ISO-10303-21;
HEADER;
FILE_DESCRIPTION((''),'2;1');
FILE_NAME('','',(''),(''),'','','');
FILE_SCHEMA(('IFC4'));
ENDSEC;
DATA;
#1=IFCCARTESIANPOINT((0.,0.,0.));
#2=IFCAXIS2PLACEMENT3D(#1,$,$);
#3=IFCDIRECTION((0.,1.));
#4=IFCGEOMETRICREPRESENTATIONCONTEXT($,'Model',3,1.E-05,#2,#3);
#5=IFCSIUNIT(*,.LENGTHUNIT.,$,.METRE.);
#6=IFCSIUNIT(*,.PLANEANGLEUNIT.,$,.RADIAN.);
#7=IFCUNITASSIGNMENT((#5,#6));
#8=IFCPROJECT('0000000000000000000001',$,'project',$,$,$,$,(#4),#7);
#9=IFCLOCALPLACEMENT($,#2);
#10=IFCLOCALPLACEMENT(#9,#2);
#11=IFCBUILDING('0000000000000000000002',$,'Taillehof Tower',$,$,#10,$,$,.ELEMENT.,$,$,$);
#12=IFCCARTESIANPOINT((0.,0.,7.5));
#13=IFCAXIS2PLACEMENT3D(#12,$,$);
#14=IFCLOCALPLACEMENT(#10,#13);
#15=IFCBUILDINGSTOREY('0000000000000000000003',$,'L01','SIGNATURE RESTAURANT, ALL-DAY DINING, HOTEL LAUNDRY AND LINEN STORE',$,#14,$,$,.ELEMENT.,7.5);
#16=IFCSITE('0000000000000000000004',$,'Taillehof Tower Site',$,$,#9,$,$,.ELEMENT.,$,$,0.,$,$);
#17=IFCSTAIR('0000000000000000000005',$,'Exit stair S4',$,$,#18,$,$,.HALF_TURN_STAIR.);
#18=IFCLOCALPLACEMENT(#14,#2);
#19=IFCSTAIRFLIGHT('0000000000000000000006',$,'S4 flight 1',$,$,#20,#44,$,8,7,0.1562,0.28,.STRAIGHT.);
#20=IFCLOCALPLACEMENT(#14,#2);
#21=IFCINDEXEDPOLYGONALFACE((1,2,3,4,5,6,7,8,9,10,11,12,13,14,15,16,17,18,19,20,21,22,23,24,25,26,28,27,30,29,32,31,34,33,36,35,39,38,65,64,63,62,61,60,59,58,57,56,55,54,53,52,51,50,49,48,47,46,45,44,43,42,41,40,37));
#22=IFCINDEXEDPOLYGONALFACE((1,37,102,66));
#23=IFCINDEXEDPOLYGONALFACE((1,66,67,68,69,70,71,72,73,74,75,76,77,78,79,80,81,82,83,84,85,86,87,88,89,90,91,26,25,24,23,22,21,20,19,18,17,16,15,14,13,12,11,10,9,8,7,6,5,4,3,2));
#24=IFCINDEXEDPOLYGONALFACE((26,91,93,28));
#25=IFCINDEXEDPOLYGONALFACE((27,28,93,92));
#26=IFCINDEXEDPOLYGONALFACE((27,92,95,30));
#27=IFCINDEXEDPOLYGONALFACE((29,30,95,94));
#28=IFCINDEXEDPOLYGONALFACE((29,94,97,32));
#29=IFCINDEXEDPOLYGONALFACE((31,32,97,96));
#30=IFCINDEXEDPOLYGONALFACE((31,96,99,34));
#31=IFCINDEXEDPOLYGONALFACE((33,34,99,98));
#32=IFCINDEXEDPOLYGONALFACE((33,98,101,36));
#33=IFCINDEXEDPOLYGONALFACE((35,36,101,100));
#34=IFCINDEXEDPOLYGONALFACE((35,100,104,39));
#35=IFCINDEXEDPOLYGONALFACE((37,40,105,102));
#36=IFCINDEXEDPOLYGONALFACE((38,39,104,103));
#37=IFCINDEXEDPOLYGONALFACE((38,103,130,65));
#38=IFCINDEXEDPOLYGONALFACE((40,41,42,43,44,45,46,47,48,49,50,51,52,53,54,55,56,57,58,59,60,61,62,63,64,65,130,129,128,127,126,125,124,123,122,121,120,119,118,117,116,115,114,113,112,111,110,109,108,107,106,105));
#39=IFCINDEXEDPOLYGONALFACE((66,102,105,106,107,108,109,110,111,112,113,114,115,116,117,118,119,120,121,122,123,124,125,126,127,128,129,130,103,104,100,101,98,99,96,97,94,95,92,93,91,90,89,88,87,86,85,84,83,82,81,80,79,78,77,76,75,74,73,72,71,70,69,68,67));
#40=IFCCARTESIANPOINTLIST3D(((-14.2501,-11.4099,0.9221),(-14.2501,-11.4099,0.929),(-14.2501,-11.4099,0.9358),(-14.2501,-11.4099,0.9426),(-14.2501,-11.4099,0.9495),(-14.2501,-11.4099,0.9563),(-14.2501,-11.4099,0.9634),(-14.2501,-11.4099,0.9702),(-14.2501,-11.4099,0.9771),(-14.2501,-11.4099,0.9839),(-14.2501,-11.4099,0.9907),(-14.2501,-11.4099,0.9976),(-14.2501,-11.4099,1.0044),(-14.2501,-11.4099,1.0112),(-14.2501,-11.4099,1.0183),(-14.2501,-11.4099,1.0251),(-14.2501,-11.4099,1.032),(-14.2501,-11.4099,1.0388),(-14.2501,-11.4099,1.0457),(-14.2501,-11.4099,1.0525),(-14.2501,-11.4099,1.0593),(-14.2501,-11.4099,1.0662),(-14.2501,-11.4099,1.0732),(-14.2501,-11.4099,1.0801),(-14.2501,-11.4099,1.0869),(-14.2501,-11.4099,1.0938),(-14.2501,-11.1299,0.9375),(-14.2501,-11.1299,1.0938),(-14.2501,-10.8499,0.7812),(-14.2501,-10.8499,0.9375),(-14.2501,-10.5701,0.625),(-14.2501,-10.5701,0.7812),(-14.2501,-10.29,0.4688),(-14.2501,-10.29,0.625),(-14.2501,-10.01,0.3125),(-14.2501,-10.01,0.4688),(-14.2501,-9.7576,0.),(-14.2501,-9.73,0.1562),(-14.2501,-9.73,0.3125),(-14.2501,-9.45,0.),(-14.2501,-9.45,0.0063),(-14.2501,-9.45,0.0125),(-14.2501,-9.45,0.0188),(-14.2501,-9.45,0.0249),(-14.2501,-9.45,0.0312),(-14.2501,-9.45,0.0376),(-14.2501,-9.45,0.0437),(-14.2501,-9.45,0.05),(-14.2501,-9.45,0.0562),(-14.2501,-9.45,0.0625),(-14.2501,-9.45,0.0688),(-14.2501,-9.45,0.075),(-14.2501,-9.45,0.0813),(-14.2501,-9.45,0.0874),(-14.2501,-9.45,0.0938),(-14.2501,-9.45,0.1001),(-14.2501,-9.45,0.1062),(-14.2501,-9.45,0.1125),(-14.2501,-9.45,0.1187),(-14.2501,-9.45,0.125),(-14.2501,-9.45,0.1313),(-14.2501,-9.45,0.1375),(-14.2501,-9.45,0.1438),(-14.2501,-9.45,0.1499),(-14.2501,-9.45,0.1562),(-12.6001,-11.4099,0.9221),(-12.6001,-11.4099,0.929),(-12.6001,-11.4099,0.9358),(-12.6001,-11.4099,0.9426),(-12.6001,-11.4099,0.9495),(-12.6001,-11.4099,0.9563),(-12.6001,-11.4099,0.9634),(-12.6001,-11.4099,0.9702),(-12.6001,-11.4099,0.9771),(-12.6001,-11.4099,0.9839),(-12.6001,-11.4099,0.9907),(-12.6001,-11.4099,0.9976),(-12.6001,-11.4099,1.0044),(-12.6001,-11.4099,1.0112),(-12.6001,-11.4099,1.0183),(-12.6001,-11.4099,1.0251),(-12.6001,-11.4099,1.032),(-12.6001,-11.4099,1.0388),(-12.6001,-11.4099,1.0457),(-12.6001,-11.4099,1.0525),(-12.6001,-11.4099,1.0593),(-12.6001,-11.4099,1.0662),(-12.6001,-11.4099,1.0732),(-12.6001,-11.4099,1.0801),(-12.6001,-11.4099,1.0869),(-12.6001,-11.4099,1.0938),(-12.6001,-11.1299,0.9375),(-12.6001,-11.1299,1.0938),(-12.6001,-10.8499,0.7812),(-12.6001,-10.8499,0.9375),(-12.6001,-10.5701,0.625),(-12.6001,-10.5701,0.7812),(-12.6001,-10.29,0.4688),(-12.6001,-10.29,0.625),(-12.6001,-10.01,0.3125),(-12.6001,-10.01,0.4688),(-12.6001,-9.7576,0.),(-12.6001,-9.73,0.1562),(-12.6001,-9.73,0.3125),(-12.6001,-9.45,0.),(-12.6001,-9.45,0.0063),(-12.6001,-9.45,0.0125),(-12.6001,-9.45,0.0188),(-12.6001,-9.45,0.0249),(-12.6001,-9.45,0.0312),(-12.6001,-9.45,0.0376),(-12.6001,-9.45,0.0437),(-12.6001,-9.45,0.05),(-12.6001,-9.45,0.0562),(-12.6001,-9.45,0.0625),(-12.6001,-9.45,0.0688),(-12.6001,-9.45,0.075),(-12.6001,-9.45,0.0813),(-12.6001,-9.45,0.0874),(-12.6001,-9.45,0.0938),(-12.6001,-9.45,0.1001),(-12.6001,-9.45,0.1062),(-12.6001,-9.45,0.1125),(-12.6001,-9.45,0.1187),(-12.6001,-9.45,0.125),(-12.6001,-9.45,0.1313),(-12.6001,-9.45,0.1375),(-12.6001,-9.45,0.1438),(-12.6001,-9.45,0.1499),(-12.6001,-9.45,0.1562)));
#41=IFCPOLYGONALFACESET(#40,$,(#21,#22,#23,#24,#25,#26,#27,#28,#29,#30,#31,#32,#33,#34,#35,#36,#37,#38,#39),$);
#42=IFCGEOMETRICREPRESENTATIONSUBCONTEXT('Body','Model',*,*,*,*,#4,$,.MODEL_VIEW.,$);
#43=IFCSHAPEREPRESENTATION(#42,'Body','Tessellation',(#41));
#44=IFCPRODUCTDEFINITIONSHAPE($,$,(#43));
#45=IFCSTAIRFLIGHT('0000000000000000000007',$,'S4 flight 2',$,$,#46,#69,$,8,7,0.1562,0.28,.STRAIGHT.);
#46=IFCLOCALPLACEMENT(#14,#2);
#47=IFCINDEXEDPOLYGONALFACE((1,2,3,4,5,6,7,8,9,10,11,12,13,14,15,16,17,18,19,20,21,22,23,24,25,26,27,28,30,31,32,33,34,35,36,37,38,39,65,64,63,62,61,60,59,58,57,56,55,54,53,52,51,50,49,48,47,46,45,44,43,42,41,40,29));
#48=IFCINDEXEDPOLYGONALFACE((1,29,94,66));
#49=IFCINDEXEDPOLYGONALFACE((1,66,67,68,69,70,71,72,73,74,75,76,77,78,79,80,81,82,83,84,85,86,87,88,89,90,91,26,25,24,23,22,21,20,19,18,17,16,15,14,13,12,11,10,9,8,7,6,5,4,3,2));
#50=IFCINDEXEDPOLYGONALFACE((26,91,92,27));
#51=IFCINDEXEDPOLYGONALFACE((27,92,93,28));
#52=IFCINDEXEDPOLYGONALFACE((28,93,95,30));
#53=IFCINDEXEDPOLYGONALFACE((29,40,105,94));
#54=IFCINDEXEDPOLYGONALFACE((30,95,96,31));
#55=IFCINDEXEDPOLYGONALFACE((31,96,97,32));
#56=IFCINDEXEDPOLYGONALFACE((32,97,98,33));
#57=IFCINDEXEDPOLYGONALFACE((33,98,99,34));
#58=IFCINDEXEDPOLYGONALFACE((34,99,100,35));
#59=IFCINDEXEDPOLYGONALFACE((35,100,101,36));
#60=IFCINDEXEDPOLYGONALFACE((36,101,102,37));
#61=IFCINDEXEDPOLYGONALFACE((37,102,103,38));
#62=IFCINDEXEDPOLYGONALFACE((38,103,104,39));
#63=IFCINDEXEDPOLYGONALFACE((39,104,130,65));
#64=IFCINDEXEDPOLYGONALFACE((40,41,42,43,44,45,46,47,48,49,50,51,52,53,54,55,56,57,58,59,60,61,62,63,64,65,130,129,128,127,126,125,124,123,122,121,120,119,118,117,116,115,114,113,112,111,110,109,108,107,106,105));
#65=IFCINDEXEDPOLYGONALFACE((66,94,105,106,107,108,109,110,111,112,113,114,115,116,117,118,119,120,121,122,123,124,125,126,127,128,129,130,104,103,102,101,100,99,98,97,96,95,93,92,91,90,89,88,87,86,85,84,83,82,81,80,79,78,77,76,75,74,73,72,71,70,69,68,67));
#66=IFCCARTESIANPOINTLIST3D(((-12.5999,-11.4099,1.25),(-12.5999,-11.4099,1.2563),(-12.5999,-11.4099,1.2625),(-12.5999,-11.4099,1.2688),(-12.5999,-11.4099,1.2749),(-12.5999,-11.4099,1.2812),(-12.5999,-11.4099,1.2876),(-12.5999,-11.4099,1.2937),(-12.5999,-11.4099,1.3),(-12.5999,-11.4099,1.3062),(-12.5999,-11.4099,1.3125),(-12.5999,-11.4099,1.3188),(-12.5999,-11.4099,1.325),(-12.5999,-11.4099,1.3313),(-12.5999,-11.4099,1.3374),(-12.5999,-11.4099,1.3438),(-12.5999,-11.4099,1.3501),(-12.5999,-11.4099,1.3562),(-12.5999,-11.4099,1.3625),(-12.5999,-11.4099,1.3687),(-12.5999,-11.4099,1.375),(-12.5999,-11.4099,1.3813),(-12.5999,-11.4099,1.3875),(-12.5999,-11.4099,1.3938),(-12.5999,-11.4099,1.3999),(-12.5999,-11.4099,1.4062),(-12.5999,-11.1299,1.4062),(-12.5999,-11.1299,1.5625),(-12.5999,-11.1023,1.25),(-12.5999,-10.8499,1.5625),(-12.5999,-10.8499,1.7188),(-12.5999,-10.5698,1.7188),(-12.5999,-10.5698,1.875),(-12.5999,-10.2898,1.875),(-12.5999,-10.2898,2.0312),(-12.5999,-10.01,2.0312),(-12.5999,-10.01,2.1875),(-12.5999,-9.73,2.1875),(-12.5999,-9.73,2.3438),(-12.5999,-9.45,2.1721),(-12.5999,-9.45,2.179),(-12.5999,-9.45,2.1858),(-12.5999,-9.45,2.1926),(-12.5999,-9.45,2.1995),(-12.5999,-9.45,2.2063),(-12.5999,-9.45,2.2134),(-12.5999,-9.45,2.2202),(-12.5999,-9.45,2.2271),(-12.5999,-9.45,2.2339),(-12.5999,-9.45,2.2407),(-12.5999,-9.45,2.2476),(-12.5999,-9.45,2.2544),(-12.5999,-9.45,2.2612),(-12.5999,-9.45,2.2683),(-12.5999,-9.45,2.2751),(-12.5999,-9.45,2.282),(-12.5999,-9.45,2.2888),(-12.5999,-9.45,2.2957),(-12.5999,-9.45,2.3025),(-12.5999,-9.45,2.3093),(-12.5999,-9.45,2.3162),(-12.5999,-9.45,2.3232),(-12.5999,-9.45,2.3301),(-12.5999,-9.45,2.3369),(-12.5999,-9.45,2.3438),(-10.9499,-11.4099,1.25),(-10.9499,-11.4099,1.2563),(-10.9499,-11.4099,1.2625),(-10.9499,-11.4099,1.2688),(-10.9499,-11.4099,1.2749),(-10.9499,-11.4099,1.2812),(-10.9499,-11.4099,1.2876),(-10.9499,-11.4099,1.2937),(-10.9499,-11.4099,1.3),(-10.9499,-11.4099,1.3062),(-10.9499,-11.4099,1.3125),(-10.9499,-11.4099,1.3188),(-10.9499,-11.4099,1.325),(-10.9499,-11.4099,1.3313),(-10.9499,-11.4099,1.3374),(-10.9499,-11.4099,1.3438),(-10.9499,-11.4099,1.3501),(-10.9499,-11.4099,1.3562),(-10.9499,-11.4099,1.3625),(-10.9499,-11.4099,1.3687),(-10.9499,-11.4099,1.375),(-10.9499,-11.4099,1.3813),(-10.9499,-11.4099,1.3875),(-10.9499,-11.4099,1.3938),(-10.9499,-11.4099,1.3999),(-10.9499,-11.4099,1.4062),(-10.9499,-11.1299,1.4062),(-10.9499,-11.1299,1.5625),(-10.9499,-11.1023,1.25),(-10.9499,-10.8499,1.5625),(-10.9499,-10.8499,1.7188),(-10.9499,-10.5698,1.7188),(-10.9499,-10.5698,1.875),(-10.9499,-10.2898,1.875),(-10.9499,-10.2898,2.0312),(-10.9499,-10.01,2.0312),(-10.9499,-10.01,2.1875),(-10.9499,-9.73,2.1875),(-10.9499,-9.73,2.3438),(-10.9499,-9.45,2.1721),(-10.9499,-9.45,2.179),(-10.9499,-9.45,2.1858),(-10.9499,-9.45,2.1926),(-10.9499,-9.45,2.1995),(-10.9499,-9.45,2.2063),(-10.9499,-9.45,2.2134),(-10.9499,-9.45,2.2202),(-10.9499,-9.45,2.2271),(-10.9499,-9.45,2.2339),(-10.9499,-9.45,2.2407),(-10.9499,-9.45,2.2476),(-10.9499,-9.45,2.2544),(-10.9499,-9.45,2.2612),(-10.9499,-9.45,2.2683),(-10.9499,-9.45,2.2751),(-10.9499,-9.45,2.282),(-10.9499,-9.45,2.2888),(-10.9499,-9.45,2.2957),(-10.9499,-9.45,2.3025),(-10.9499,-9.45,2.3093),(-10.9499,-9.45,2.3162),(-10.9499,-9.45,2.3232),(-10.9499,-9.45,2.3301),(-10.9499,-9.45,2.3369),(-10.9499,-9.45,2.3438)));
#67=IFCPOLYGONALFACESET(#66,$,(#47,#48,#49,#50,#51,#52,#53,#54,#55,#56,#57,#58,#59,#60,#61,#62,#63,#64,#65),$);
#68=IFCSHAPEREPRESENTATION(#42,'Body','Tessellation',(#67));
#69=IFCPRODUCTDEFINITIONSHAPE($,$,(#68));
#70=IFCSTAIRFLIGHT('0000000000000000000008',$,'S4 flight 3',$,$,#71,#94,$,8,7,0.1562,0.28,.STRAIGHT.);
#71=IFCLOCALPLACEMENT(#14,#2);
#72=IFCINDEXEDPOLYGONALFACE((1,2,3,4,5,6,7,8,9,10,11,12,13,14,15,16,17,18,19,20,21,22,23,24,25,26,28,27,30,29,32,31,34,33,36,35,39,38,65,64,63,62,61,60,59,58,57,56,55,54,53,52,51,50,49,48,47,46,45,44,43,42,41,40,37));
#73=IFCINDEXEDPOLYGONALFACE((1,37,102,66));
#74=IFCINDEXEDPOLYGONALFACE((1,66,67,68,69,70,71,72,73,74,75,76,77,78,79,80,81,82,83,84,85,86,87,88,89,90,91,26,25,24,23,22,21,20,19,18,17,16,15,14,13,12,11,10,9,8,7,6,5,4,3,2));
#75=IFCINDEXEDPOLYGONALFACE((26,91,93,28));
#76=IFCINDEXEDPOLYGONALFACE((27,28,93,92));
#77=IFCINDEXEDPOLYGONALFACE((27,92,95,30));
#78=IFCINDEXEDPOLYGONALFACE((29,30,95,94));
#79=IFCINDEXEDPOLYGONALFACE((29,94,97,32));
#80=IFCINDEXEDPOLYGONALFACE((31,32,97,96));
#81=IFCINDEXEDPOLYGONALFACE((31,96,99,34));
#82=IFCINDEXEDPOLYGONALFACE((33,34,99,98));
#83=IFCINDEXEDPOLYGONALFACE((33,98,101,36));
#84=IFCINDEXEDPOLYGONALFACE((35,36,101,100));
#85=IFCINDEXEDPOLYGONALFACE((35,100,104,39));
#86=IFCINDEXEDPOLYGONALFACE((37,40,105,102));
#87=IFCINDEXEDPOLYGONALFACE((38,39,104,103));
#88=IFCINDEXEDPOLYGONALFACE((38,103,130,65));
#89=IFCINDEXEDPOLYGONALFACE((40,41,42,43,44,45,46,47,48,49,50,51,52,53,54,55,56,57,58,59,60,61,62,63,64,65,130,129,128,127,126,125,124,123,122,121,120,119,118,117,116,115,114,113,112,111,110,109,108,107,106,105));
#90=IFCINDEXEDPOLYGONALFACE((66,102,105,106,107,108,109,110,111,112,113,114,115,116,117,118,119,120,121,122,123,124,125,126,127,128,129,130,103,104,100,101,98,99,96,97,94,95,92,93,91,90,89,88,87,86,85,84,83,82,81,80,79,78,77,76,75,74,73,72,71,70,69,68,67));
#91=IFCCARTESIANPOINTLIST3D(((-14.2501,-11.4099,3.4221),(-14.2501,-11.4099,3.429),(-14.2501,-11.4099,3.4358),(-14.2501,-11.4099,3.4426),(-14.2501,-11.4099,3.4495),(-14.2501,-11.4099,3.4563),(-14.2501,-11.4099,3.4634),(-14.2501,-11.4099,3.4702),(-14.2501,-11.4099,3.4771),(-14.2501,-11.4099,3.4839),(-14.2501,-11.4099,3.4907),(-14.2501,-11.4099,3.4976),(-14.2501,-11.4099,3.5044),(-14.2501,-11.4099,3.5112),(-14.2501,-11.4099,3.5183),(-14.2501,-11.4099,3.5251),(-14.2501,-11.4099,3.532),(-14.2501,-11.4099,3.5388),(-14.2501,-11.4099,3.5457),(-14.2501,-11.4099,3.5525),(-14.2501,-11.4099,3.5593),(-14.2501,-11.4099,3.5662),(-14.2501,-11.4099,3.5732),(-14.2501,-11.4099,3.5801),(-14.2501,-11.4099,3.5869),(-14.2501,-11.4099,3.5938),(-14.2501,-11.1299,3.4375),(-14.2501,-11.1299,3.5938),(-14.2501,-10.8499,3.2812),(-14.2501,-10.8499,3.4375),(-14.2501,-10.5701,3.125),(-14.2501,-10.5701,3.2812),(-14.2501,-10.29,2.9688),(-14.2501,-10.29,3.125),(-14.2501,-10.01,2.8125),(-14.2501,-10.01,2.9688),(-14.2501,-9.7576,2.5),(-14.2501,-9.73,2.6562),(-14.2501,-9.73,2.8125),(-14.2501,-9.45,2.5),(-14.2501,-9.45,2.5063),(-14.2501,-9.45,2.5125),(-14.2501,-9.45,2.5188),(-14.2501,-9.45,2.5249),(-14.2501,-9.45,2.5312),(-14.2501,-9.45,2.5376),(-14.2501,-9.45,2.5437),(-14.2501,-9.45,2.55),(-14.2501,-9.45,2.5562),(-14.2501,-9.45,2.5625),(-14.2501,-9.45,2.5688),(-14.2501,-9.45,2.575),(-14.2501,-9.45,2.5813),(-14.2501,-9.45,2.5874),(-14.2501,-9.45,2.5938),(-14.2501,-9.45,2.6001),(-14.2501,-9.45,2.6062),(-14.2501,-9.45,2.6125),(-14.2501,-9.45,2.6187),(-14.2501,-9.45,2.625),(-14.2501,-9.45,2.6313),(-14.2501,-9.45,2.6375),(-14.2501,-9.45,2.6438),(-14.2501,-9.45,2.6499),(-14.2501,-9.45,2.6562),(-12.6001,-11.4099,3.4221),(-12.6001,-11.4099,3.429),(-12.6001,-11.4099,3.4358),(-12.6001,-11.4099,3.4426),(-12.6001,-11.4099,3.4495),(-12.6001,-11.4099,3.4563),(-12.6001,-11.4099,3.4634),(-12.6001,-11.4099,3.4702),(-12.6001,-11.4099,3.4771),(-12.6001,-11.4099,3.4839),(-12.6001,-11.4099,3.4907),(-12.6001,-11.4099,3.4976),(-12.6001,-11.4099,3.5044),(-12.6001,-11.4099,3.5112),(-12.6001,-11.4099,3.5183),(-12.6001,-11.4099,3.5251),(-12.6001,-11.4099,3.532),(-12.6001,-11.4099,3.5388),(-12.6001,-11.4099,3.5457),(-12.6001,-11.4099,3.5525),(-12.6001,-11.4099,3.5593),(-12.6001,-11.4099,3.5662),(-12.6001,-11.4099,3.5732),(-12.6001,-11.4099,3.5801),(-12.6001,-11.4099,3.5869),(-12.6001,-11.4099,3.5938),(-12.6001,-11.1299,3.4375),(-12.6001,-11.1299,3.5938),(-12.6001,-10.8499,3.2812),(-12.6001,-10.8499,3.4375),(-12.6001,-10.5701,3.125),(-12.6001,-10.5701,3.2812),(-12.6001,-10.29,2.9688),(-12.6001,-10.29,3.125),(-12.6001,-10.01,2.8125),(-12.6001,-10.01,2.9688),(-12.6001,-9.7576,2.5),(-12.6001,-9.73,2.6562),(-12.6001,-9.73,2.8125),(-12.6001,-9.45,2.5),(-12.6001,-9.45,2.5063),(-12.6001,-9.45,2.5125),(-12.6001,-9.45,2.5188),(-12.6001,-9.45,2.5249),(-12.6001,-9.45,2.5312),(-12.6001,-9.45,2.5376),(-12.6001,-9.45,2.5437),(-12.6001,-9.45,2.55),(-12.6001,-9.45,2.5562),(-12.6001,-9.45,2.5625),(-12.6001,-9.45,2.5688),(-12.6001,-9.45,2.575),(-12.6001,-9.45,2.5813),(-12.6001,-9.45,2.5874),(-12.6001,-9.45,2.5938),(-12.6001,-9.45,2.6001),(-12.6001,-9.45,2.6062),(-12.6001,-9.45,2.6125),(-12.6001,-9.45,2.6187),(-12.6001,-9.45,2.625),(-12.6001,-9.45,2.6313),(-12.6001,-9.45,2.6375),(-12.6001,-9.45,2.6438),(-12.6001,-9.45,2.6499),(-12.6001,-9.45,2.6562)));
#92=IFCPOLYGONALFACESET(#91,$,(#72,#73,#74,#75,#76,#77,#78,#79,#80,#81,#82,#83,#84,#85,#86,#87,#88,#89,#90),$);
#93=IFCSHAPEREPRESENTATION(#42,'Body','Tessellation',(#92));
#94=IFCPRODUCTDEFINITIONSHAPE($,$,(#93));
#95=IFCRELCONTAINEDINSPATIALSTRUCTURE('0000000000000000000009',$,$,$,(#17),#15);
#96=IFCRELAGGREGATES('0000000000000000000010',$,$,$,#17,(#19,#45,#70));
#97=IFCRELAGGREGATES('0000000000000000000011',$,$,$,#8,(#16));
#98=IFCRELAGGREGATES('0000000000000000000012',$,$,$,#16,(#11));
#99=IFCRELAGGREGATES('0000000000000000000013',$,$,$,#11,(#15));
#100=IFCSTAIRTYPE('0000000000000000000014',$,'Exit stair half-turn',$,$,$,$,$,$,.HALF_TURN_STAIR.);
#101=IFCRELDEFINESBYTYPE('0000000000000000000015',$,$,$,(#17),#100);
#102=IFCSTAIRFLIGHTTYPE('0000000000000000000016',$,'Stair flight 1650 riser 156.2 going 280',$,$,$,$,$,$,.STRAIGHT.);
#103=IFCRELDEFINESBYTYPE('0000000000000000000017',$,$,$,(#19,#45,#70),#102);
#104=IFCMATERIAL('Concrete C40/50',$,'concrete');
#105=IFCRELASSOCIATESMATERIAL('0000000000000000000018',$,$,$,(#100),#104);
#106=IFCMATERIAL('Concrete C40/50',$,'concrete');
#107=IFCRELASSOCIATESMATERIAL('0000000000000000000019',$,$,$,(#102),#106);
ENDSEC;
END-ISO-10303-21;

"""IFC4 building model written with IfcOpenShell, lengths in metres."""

from ifc_helpers import new_model, si_unit, direction, frame, origin, place, context, subcontext, project, spatial, polyline, outline, extrude, material, type_object, element, aggregate, save


model = new_model("IFC4")

# Units and contexts
model_context = context("Model", 3, precision=1e-05, world=origin(), true_north=direction((0.0, 1.0)))
body_context = subcontext(model_context, "Body", "Model", "MODEL_VIEW")
ifc_project = project(units=[si_unit("LENGTHUNIT", "METRE"), si_unit("PLANEANGLEUNIT", "RADIAN")], contexts=[model_context])

# Site, building, storey
site_placement = place(None, origin())
site = spatial("IfcSite", under=ifc_project, at=site_placement, Name="Taillehof Tower Site", CompositionType="ELEMENT", RefElevation=0.0)
building_placement = place(site_placement, origin())
building = spatial("IfcBuilding", under=site, at=building_placement, Name="Taillehof Tower", CompositionType="ELEMENT")
storey_placement = place(building_placement, frame((0.0, 0.0, 7.5)))
storey = spatial("IfcBuildingStorey", under=building, at=storey_placement, Name="L01", Description="SIGNATURE RESTAURANT, ALL-DAY DINING, HOTEL LAUNDRY AND LINEN STORE", CompositionType="ELEMENT", Elevation=7.5)

# Stair, stair flights
ifc_material_1 = material(Name="Concrete C40/50", Category="concrete")
stair_type = type_object("IfcStairType", Name="Exit stair half-turn", PredefinedType="HALF_TURN_STAIR", material=ifc_material_1)
stair_placement = place(storey_placement, origin())
stair = element("IfcStair", 1, at=stair_placement, inside=storey, type_object=stair_type, Name="Exit stair S4", PredefinedType="HALF_TURN_STAIR")
ifc_material_2 = material(Name="Concrete C40/50", Category="concrete")
stair_flight_type = type_object("IfcStairFlightType", Name="Stair flight 1650 riser 156.2 going 280", PredefinedType="STRAIGHT", material=ifc_material_2)
stair_flight_1_placement = place(storey_placement, frame((-13.425, -9.45, 0.0), z_axis=(0.0, 0.0, 1.0), x_axis=(0.0, -1.0, 0.0)))
stair_flight_1 = element("IfcStairFlight", 2, at=stair_flight_1_placement, type_object=stair_flight_type, Name="S4 flight 1", NumberOfRisers=8, NumberOfTreads=7, PredefinedType="STRAIGHT", RiserHeight=0.1562, TreadLength=0.28, context=body_context, shape_type="SweptSolid", body=[
    extrude(outline(polyline([(0.0, 0.0), (0.0, 0.0063), (0.0, 0.0125), (0.0, 0.0188), (0.0, 0.0249), (0.0, 0.0312), (0.0, 0.0376), (0.0, 0.0437), (0.0, 0.05), (0.0, 0.0562), (0.0, 0.0625), (0.0, 0.0688), (0.0, 0.075), (0.0, 0.0813), (0.0, 0.0874), (0.0, 0.0938), (0.0, 0.1001), (0.0, 0.1062), (0.0, 0.1125), (0.0, 0.1187), (0.0, 0.125), (0.0, 0.1313), (0.0, 0.1375), (0.0, 0.1438), (0.0, 0.1499), (0.0, 0.1562), (0.28, 0.1562), (0.28, 0.3125), (0.5601, 0.3125), (0.5601, 0.4688), (0.8401, 0.4688), (0.8401, 0.625), (1.1201, 0.625), (1.1201, 0.7812), (1.3999, 0.7812), (1.3999, 0.9375), (1.6799, 0.9375), (1.6799, 1.0938), (1.96, 1.0938), (1.96, 1.0869), (1.96, 1.0801), (1.96, 1.0732), (1.96, 1.0662), (1.96, 1.0593), (1.96, 1.0525), (1.96, 1.0457), (1.96, 1.0388), (1.96, 1.032), (1.96, 1.0251), (1.96, 1.0183), (1.96, 1.0112), (1.96, 1.0044), (1.96, 0.9976), (1.96, 0.9907), (1.96, 0.9839), (1.96, 0.9771), (1.96, 0.9702), (1.96, 0.9634), (1.96, 0.9563), (1.96, 0.9495), (1.96, 0.9426), (1.96, 0.9358), (1.96, 0.929), (1.96, 0.9221), (0.3076, 0.0), (0.0, 0.0)])), frame((0.0, 0.825, 0.0), z_axis=(0.0, -1.0, 0.0), x_axis=(1.0, 0.0, 0.0)), (0.0, 0.0, 1.0), 1.65),
])
stair_flight_2_placement = place(storey_placement, frame((-11.7749, -11.4099, 1.25), z_axis=(0.0, 0.0, 1.0), x_axis=(0.0, 1.0, 0.0)))
stair_flight_2 = element("IfcStairFlight", 3, at=stair_flight_2_placement, type_object=stair_flight_type, Name="S4 flight 2", NumberOfRisers=8, NumberOfTreads=7, PredefinedType="STRAIGHT", RiserHeight=0.1562, TreadLength=0.28, context=body_context, shape_type="SweptSolid", body=[
    extrude(outline(polyline([(0.0, 0.0), (0.0, 0.0063), (0.0, 0.0125), (0.0, 0.0188), (0.0, 0.0249), (0.0, 0.0312), (0.0, 0.0376), (0.0, 0.0437), (0.0, 0.05), (0.0, 0.0562), (0.0, 0.0625), (0.0, 0.0688), (0.0, 0.075), (0.0, 0.0813), (0.0, 0.0874), (0.0, 0.0938), (0.0, 0.1001), (0.0, 0.1062), (0.0, 0.1125), (0.0, 0.1187), (0.0, 0.125), (0.0, 0.1313), (0.0, 0.1375), (0.0, 0.1438), (0.0, 0.1499), (0.0, 0.1562), (0.28, 0.1562), (0.28, 0.3125), (0.5601, 0.3125), (0.5601, 0.4688), (0.8401, 0.4688), (0.8401, 0.625), (1.1201, 0.625), (1.1201, 0.7812), (1.3999, 0.7812), (1.3999, 0.9375), (1.6799, 0.9375), (1.6799, 1.0938), (1.96, 1.0938), (1.96, 1.0869), (1.96, 1.0801), (1.96, 1.0732), (1.96, 1.0662), (1.96, 1.0593), (1.96, 1.0525), (1.96, 1.0457), (1.96, 1.0388), (1.96, 1.032), (1.96, 1.0251), (1.96, 1.0183), (1.96, 1.0112), (1.96, 1.0044), (1.96, 0.9976), (1.96, 0.9907), (1.96, 0.9839), (1.96, 0.9771), (1.96, 0.9702), (1.96, 0.9634), (1.96, 0.9563), (1.96, 0.9495), (1.96, 0.9426), (1.96, 0.9358), (1.96, 0.929), (1.96, 0.9221), (0.3076, 0.0), (0.0, 0.0)])), frame((0.0, 0.825, 0.0), z_axis=(0.0, -1.0, 0.0), x_axis=(1.0, 0.0, 0.0)), (0.0, 0.0, 1.0), 1.65),
])
stair_flight_3_placement = place(storey_placement, frame((-13.425, -9.45, 2.5), z_axis=(0.0, 0.0, 1.0), x_axis=(0.0, -1.0, 0.0)))
stair_flight_3 = element("IfcStairFlight", 4, at=stair_flight_3_placement, type_object=stair_flight_type, Name="S4 flight 3", NumberOfRisers=8, NumberOfTreads=7, PredefinedType="STRAIGHT", RiserHeight=0.1562, TreadLength=0.28, context=body_context, shape_type="SweptSolid", body=[
    extrude(outline(polyline([(0.0, 0.0), (0.0, 0.0063), (0.0, 0.0125), (0.0, 0.0188), (0.0, 0.0249), (0.0, 0.0312), (0.0, 0.0376), (0.0, 0.0437), (0.0, 0.05), (0.0, 0.0562), (0.0, 0.0625), (0.0, 0.0688), (0.0, 0.075), (0.0, 0.0813), (0.0, 0.0874), (0.0, 0.0938), (0.0, 0.1001), (0.0, 0.1062), (0.0, 0.1125), (0.0, 0.1187), (0.0, 0.125), (0.0, 0.1313), (0.0, 0.1375), (0.0, 0.1438), (0.0, 0.1499), (0.0, 0.1562), (0.28, 0.1562), (0.28, 0.3125), (0.5601, 0.3125), (0.5601, 0.4688), (0.8401, 0.4688), (0.8401, 0.625), (1.1201, 0.625), (1.1201, 0.7812), (1.3999, 0.7812), (1.3999, 0.9375), (1.6799, 0.9375), (1.6799, 1.0938), (1.96, 1.0938), (1.96, 1.0869), (1.96, 1.0801), (1.96, 1.0732), (1.96, 1.0662), (1.96, 1.0593), (1.96, 1.0525), (1.96, 1.0457), (1.96, 1.0388), (1.96, 1.032), (1.96, 1.0251), (1.96, 1.0183), (1.96, 1.0112), (1.96, 1.0044), (1.96, 0.9976), (1.96, 0.9907), (1.96, 0.9839), (1.96, 0.9771), (1.96, 0.9702), (1.96, 0.9634), (1.96, 0.9563), (1.96, 0.9495), (1.96, 0.9426), (1.96, 0.9358), (1.96, 0.929), (1.96, 0.9221), (0.3076, 0.0), (0.0, 0.0)])), frame((0.0, 0.825, 0.0), z_axis=(0.0, -1.0, 0.0), x_axis=(1.0, 0.0, 0.0)), (0.0, 0.0, 1.0), 1.65),
])
aggregate(stair, [stair_flight_1, stair_flight_2, stair_flight_3])

save(model, "model.ifc")
